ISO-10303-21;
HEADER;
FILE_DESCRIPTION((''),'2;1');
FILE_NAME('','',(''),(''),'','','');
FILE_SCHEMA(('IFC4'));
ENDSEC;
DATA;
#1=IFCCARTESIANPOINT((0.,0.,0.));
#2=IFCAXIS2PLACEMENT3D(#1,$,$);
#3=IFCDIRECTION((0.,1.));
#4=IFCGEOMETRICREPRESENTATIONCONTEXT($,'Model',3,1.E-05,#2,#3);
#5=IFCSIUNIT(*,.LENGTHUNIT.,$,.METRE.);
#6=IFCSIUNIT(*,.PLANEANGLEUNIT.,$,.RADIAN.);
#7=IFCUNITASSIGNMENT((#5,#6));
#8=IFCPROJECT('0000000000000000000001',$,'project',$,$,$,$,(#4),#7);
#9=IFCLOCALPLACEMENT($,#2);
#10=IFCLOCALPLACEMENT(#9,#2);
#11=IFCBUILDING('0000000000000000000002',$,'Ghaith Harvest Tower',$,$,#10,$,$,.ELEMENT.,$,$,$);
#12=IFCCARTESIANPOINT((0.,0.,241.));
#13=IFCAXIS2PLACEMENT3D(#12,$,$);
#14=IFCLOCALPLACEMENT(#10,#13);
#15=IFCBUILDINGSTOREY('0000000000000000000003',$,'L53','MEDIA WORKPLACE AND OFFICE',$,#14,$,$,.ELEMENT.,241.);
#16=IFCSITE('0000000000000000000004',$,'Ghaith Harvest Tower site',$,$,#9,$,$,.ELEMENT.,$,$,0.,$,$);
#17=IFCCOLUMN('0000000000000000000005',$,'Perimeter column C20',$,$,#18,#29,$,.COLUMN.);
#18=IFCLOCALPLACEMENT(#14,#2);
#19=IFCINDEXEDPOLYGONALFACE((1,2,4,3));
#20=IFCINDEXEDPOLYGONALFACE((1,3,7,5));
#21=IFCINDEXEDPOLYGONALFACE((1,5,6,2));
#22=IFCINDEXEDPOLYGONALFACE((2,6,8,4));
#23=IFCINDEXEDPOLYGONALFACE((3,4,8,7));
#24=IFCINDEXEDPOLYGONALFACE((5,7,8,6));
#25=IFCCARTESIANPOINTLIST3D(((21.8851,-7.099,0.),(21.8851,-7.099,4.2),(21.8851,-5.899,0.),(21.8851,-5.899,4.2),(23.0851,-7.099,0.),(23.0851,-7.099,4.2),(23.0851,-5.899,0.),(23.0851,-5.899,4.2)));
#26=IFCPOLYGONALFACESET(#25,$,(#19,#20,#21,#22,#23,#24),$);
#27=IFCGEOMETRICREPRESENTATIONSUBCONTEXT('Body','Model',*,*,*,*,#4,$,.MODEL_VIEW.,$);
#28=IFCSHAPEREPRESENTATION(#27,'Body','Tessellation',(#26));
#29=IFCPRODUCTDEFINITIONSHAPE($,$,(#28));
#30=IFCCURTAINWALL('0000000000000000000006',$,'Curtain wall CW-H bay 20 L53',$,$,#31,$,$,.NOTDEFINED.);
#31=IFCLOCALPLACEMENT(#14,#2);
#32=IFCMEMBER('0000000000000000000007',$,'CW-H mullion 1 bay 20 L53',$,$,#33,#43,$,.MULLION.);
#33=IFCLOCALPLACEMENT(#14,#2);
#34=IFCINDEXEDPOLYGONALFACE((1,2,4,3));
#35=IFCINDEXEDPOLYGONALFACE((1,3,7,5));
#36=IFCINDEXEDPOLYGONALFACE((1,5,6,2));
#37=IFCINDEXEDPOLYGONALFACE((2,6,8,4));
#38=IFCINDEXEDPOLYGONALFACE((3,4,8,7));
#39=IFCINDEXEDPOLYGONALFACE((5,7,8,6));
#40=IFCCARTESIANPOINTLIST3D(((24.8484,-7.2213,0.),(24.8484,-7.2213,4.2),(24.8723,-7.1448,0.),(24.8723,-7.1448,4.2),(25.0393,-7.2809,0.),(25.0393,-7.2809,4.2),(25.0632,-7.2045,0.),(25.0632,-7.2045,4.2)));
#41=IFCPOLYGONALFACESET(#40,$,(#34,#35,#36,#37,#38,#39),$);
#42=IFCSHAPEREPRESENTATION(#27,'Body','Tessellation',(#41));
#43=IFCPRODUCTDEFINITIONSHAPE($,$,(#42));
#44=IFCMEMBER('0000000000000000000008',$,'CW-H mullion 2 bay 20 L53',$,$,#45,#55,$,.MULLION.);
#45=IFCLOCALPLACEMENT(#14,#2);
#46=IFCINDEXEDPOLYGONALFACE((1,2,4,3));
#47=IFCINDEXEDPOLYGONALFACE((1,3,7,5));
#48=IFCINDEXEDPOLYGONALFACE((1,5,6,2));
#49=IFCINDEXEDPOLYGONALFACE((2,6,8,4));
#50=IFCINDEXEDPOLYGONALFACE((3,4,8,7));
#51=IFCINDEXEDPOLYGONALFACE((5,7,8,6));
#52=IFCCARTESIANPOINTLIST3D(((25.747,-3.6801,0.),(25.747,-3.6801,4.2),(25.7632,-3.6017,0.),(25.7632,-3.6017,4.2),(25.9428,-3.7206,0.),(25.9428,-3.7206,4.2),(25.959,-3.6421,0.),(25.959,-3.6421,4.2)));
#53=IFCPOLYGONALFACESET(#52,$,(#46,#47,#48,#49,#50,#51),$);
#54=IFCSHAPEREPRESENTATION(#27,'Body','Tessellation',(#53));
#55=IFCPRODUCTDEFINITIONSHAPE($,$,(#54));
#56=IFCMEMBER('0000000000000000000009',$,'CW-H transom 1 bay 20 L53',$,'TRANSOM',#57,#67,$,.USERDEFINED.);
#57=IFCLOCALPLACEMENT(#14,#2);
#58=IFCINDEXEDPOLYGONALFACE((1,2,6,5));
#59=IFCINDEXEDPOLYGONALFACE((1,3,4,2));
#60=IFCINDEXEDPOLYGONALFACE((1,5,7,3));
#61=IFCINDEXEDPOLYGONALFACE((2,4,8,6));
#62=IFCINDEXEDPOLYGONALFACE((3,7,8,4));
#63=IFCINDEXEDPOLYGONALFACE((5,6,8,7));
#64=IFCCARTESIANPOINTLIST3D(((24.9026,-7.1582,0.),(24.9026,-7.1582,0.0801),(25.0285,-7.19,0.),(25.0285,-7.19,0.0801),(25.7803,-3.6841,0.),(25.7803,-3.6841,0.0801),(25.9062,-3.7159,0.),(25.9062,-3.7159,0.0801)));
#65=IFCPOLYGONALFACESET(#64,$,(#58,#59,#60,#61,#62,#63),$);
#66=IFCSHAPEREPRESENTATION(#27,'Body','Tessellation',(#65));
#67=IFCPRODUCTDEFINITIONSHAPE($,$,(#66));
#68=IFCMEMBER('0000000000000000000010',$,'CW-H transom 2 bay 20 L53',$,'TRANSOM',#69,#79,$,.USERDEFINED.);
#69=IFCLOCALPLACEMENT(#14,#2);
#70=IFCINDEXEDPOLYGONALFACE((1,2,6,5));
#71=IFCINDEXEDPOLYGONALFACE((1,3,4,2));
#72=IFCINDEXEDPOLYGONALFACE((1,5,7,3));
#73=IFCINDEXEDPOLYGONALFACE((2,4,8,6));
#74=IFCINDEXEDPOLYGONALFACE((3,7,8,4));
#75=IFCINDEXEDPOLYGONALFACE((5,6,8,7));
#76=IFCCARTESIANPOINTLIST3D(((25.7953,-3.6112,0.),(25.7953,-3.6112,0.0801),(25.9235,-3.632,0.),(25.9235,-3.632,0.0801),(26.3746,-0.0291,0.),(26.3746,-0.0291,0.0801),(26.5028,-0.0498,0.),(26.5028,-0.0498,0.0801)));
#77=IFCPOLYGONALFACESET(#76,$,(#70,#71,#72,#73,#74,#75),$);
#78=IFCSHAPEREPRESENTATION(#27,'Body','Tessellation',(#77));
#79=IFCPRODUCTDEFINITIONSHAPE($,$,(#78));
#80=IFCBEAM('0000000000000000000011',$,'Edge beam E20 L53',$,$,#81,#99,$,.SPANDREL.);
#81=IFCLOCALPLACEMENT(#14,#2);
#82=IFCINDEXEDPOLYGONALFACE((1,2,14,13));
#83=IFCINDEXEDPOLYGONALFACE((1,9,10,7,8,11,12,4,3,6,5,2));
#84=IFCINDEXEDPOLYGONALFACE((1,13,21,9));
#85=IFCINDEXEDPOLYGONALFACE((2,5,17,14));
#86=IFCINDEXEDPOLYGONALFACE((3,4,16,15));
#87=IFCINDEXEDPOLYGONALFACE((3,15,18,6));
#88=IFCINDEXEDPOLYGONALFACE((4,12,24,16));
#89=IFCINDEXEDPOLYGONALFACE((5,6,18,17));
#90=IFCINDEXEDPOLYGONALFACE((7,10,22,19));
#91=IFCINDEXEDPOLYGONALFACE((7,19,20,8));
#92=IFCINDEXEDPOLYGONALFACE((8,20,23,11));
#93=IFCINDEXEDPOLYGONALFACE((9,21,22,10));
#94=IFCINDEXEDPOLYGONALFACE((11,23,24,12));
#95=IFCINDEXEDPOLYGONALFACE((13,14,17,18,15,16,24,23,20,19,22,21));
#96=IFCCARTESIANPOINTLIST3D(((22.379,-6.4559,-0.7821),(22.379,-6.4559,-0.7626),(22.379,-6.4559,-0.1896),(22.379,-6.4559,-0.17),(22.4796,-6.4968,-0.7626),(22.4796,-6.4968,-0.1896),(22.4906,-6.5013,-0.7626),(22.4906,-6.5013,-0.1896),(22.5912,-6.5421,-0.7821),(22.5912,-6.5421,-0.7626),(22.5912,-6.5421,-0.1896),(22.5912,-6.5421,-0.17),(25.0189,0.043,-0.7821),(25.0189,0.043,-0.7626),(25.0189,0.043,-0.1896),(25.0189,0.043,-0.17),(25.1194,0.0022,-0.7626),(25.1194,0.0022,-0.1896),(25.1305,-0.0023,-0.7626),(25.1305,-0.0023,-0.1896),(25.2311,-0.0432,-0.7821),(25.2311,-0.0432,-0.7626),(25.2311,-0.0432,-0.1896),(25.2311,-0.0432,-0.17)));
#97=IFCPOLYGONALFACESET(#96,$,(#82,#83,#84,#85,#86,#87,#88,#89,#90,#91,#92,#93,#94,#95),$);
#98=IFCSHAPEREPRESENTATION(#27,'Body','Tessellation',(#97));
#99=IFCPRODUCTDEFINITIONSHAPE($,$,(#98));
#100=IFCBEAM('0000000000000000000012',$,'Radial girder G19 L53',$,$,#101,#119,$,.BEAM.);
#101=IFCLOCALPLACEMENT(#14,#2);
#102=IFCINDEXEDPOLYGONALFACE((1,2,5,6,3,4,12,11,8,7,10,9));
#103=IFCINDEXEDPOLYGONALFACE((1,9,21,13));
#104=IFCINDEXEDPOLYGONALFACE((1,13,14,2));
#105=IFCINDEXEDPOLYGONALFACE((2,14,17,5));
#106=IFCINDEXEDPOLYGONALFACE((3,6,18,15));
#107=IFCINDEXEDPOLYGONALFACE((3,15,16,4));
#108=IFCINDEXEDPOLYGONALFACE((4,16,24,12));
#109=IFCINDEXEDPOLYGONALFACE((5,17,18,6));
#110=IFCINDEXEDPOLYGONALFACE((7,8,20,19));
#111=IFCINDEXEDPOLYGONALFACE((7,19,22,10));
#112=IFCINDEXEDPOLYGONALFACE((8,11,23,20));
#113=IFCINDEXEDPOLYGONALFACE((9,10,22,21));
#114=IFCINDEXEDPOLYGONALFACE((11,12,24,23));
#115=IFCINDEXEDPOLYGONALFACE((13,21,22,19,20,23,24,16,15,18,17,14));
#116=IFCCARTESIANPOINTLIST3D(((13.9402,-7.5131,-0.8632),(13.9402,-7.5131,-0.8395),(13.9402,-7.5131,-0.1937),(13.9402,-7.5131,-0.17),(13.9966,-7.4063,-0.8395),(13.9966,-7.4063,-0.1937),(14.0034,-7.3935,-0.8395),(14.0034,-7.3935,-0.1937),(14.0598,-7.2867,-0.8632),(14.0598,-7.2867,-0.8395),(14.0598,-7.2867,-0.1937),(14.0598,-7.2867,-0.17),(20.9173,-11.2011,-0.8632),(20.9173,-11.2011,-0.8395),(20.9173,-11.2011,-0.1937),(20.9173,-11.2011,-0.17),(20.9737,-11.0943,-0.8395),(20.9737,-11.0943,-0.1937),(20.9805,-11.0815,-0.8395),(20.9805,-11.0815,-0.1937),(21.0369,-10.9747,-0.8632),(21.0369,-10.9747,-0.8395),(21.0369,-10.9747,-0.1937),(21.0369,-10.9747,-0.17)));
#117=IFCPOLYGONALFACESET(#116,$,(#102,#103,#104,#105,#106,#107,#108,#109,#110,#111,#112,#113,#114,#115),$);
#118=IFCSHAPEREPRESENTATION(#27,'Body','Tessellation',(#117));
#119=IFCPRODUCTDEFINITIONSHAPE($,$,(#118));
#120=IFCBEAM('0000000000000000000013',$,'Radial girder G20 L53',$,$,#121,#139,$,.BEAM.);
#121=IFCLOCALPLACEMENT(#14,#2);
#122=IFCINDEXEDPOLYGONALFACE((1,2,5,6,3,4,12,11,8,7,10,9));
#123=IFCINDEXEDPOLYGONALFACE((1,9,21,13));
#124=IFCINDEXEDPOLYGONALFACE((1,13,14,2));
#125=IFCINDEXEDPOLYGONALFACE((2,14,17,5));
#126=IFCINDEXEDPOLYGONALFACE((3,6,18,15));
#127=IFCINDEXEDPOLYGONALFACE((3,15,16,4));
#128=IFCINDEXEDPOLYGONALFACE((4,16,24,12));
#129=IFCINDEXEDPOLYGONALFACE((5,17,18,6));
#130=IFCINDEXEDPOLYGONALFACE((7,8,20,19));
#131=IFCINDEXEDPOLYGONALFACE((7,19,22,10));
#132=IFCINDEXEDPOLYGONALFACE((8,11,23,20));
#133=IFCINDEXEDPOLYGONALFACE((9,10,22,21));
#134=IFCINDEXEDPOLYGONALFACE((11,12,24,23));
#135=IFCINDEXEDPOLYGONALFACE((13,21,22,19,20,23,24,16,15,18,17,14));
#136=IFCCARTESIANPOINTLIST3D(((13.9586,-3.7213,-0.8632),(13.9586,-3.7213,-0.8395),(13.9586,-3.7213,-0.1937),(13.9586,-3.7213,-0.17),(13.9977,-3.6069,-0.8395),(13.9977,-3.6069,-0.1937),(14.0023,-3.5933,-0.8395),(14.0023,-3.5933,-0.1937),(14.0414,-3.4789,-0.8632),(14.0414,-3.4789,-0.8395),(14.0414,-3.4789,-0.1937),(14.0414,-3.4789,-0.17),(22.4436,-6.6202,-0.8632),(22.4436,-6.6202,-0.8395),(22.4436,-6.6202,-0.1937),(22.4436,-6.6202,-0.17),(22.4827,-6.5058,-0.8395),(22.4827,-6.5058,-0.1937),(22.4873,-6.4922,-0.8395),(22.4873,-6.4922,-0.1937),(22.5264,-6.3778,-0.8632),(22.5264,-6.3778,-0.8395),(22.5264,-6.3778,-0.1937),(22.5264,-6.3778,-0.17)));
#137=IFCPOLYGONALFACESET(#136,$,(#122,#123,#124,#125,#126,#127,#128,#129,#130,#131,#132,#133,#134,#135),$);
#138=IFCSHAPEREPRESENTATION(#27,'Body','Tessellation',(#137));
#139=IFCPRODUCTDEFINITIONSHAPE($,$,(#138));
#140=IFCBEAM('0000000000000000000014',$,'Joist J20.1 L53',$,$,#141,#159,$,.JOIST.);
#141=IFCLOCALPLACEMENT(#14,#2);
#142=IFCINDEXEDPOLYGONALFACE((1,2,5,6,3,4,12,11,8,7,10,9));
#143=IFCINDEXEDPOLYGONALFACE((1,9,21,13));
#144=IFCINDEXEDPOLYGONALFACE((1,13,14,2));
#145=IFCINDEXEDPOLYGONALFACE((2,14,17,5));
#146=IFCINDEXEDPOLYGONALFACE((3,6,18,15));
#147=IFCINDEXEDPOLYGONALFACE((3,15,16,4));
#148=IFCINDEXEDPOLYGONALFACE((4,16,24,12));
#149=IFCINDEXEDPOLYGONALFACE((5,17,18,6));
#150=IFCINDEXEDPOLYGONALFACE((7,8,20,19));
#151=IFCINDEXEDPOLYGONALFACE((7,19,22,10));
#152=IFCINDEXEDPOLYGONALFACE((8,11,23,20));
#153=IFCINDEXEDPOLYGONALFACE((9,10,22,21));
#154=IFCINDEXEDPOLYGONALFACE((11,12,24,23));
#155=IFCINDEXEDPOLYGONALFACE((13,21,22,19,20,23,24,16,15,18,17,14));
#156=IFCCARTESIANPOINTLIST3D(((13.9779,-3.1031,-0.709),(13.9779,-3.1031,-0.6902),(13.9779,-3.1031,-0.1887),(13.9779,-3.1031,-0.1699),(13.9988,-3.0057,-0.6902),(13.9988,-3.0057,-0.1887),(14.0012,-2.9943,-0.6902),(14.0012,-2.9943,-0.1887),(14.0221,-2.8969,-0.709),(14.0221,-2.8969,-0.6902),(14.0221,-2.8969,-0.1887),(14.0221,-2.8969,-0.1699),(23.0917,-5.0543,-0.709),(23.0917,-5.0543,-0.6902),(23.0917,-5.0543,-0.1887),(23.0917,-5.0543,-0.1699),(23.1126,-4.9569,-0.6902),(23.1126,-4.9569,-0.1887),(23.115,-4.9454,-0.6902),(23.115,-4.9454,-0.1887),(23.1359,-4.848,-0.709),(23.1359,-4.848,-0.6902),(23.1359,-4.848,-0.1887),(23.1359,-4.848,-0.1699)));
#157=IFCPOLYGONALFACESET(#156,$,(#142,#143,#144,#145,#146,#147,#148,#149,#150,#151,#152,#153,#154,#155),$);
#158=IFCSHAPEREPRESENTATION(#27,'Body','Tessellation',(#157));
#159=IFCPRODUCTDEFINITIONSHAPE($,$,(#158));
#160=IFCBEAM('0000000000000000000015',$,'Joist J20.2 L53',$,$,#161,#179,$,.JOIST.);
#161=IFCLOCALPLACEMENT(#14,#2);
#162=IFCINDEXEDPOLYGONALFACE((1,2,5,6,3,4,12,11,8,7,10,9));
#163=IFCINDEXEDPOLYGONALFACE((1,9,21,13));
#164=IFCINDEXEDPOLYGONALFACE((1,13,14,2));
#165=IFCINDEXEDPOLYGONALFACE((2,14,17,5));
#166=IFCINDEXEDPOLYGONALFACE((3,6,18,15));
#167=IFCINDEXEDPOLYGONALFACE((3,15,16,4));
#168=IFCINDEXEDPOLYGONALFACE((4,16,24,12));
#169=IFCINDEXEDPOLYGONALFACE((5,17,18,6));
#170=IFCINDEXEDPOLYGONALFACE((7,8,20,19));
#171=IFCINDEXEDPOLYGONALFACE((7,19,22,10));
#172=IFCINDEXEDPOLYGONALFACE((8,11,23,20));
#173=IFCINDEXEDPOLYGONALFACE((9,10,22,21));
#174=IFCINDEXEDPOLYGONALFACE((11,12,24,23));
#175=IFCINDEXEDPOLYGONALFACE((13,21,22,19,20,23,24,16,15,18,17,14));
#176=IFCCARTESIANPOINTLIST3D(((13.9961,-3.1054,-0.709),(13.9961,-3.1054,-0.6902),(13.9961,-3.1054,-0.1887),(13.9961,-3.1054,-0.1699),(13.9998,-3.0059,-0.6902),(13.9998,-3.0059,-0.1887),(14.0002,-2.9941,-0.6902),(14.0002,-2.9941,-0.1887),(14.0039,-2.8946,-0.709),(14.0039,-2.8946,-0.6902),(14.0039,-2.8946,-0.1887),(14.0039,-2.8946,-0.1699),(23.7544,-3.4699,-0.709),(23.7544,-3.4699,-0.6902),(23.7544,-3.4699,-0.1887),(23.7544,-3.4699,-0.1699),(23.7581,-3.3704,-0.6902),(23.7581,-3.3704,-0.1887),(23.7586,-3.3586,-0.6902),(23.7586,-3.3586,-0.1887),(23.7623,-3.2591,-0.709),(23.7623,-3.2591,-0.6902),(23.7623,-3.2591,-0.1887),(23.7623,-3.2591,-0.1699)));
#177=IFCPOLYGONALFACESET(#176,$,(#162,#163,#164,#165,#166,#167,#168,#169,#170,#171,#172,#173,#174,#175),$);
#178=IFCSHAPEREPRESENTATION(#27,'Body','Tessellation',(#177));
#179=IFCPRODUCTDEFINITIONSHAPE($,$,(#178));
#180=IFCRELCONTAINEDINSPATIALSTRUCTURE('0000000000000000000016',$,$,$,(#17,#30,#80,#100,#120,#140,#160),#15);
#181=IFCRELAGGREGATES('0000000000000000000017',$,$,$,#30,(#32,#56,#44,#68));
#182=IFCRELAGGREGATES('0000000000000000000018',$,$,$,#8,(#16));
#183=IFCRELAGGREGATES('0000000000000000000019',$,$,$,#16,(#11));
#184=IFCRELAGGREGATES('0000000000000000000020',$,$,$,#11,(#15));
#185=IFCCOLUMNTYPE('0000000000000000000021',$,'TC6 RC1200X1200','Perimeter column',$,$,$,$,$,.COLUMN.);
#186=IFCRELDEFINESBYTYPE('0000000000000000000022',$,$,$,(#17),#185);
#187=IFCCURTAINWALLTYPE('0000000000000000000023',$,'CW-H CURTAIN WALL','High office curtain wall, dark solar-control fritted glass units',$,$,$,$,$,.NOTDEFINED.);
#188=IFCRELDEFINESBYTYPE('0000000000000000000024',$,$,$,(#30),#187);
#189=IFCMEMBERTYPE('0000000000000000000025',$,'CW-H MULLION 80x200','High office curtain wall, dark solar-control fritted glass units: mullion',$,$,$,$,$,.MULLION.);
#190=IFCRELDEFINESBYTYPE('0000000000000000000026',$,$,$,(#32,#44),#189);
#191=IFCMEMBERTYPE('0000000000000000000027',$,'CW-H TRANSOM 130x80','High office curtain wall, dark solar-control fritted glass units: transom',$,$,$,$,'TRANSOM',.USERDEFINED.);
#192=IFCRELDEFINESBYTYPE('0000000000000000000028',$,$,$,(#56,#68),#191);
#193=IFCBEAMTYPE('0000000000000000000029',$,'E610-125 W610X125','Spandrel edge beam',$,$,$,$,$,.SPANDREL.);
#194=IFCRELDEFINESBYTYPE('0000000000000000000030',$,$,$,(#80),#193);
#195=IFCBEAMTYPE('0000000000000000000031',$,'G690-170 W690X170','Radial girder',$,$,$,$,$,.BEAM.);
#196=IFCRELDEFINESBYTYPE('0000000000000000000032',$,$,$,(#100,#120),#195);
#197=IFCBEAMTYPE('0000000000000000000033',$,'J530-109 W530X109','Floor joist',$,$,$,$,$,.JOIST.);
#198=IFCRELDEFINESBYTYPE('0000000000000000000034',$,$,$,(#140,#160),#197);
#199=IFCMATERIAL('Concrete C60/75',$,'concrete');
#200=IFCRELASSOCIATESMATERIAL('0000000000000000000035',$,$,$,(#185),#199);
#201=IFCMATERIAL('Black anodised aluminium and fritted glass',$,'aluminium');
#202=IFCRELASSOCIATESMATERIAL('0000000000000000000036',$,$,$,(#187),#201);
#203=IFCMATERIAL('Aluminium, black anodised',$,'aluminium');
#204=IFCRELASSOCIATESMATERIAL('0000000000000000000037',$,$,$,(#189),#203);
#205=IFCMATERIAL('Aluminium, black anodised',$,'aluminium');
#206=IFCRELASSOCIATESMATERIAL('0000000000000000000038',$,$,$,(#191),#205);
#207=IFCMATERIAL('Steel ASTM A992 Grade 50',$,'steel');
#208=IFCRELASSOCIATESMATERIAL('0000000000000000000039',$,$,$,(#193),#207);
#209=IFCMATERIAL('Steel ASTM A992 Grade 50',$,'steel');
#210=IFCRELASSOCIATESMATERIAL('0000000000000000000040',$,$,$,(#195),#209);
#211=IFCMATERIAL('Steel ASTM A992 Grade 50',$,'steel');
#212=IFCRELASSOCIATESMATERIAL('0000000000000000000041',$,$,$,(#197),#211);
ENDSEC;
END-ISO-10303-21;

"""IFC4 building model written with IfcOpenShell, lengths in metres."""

from ifc_helpers import new_model, si_unit, direction, frame, origin, origin_2d, place, context, subcontext, project, spatial, rectangle, i_section, extrude, material, material_profile, profile_set, type_object, element, aggregate, save


model = new_model("IFC4")

# Units and contexts
model_context = context("Model", 3, precision=1e-05, world=origin(), true_north=direction((0.0, 1.0)))
body_context = subcontext(model_context, "Body", "Model", "MODEL_VIEW")
ifc_project = project(units=[si_unit("LENGTHUNIT", "METRE"), si_unit("PLANEANGLEUNIT", "RADIAN")], contexts=[model_context])

# Site, building, storey
site_placement = place(None, origin())
site = spatial("IfcSite", under=ifc_project, at=site_placement, Name="Ghaith Harvest Tower site", CompositionType="ELEMENT", RefElevation=0.0)
building_placement = place(site_placement, origin())
building = spatial("IfcBuilding", under=site, at=building_placement, Name="Ghaith Harvest Tower", CompositionType="ELEMENT")
storey_placement = place(building_placement, frame((0.0, 0.0, 241.0)))
storey = spatial("IfcBuildingStorey", under=building, at=storey_placement, Name="L53", Description="MEDIA WORKPLACE AND OFFICE", CompositionType="ELEMENT", Elevation=241.0)

# Column
ifc_material_1 = material(Name="Concrete C60/75", Category="concrete")
ifc_material_profile_1 = material_profile(ifc_material_1, rectangle(XDim=1.2, YDim=1.2, at=origin_2d()), Name="RC1200X1200")
ifc_profile_set_1 = profile_set([ifc_material_profile_1], Name="Concrete C60/75")
column_type = type_object("IfcColumnType", Name="TC6 RC1200X1200", Description="Perimeter column", PredefinedType="COLUMN", material=ifc_profile_set_1)
column_placement = place(storey_placement, frame((22.4851, -6.499, 0.0), z_axis=(0.0, 0.0, 1.0), x_axis=(1.0, 0.0, 0.0)))
element("IfcColumn", 1, at=column_placement, inside=storey, type_object=column_type, Name="Perimeter column C20", PredefinedType="COLUMN", context=body_context, shape_type="SweptSolid", body=[
    extrude(rectangle(XDim=1.2, YDim=1.2, at=origin_2d()), origin(), (0.0, 0.0, 1.0), 4.2),
])

# Curtain wall, members
ifc_material_2 = material(Name="Black anodised aluminium and fritted glass", Category="aluminium")
curtain_wall_type = type_object("IfcCurtainWallType", Name="CW-H CURTAIN WALL", Description="High office curtain wall, dark solar-control fritted glass units", PredefinedType="NOTDEFINED", material=ifc_material_2)
curtain_wall_1_placement = place(storey_placement, origin())
curtain_wall_1 = element("IfcCurtainWall", 2, at=curtain_wall_1_placement, inside=storey, type_object=curtain_wall_type, Name="Curtain wall CW-H bay 20 L53", PredefinedType="NOTDEFINED")
ifc_material_3 = material(Name="Aluminium, black anodised", Category="aluminium")
ifc_material_profile_2 = material_profile(ifc_material_3, rectangle(XDim=0.0801, YDim=0.2, at=origin_2d()), Name="CW-H MULLION 80x200")
ifc_profile_set_2 = profile_set([ifc_material_profile_2], Name="Aluminium, black anodised")
member_type_1 = type_object("IfcMemberType", Name="CW-H MULLION 80x200", Description="High office curtain wall, dark solar-control fritted glass units: mullion", PredefinedType="MULLION", material=ifc_profile_set_2)
member_1_placement = place(storey_placement, frame((24.9558, -7.2129, 0.0), z_axis=(0.0, 0.0, 1.0), x_axis=(0.298442, 0.954428, 0.0)))
member_1 = element("IfcMember", 3, at=member_1_placement, type_object=member_type_1, Name="CW-H mullion 1 bay 20 L53", PredefinedType="MULLION", context=body_context, shape_type="SweptSolid", body=[
    extrude(rectangle(XDim=0.0801, YDim=0.2, at=origin_2d()), origin(), (0.0, 0.0, 1.0), 4.2),
])
member_2_placement = place(storey_placement, frame((25.853, -3.6611, 0.0), z_axis=(0.0, 0.0, 1.0), x_axis=(0.202192, 0.979346, 0.0)))
member_2 = element("IfcMember", 4, at=member_2_placement, type_object=member_type_1, Name="CW-H mullion 2 bay 20 L53", PredefinedType="MULLION", context=body_context, shape_type="SweptSolid", body=[
    extrude(rectangle(XDim=0.0801, YDim=0.2, at=origin_2d()), origin(), (0.0, 0.0, 1.0), 4.2),
])
ifc_material_4 = material(Name="Aluminium, black anodised", Category="aluminium")
ifc_material_profile_3 = material_profile(ifc_material_4, rectangle(XDim=0.1299, YDim=0.0801, at=origin_2d()), Name="CW-H TRANSOM 130x80")
ifc_profile_set_3 = profile_set([ifc_material_profile_3], Name="Aluminium, black anodised")
member_type_2 = type_object("IfcMemberType", Name="CW-H TRANSOM 130x80", Description="High office curtain wall, dark solar-control fritted glass units: transom", ElementType="TRANSOM", PredefinedType="USERDEFINED", material=ifc_profile_set_3)
member_3_placement = place(storey_placement, frame((24.9656, -7.1741, 0.04), z_axis=(0.24494, 0.969538, 0.0), x_axis=(-0.969538, 0.24494, 0.0)))
member_3 = element("IfcMember", 5, at=member_3_placement, type_object=member_type_2, Name="CW-H transom 1 bay 20 L53", ObjectType="TRANSOM", PredefinedType="USERDEFINED", context=body_context, shape_type="SweptSolid", body=[
    extrude(rectangle(XDim=0.1299, YDim=0.0801, at=origin_2d()), origin(), (0.0, 0.0, 1.0), 3.5833),
])
member_4_placement = place(storey_placement, frame((25.8594, -3.6216, 0.04), z_axis=(0.159662, 0.987172, 0.0), x_axis=(-0.987172, 0.159662, 0.0)))
member_4 = element("IfcMember", 6, at=member_4_placement, type_object=member_type_2, Name="CW-H transom 2 bay 20 L53", ObjectType="TRANSOM", PredefinedType="USERDEFINED", context=body_context, shape_type="SweptSolid", body=[
    extrude(rectangle(XDim=0.1299, YDim=0.0801, at=origin_2d()), origin(), (0.0, 0.0, 1.0), 3.6287),
])

# Beams
ifc_material_5 = material(Name="Steel ASTM A992 Grade 50", Category="steel")
ifc_material_profile_4 = material_profile(ifc_material_5, i_section(OverallWidth=0.229, OverallDepth=0.6121, WebThickness=0.012, FlangeThickness=0.0195, at=origin_2d()), Name="W610X125")
ifc_profile_set_4 = profile_set([ifc_material_profile_4], Name="Steel ASTM A992 Grade 50")
beam_type_1 = type_object("IfcBeamType", Name="E610-125 W610X125", Description="Spandrel edge beam", PredefinedType="SPANDREL", material=ifc_profile_set_4)
beam_1_placement = place(storey_placement, frame((22.4851, -6.499, -0.4761), z_axis=(0.376336, 0.926483, 0.0), x_axis=(-0.926483, 0.376336, 0.0)))
element("IfcBeam", 7, at=beam_1_placement, inside=storey, type_object=beam_type_1, Name="Edge beam E20 L53", PredefinedType="SPANDREL", context=body_context, shape_type="SweptSolid", body=[
    extrude(i_section(OverallWidth=0.229, OverallDepth=0.6121, WebThickness=0.012, FlangeThickness=0.0195, at=origin_2d()), origin(), (0.0, 0.0, 1.0), 7.0146),
])
ifc_material_6 = material(Name="Steel ASTM A992 Grade 50", Category="steel")
ifc_material_profile_5 = material_profile(ifc_material_6, i_section(OverallWidth=0.2561, OverallDepth=0.6931, WebThickness=0.0144, FlangeThickness=0.0237, at=origin_2d()), Name="W690X170")
ifc_profile_set_5 = profile_set([ifc_material_profile_5], Name="Steel ASTM A992 Grade 50")
beam_type_2 = type_object("IfcBeamType", Name="G690-170 W690X170", Description="Radial girder", PredefinedType="BEAM", material=ifc_profile_set_5)
beam_2_placement = place(storey_placement, frame((14.0, -7.3999, -0.5166), z_axis=(0.884089, -0.467319, 0.0), x_axis=(0.467319, 0.884089, 0.0)))
element("IfcBeam", 8, at=beam_2_placement, inside=storey, type_object=beam_type_2, Name="Radial girder G19 L53", PredefinedType="BEAM", context=body_context, shape_type="SweptSolid", body=[
    extrude(i_section(OverallWidth=0.2561, OverallDepth=0.6931, WebThickness=0.0144, FlangeThickness=0.0237, at=origin_2d()), origin(), (0.0, 0.0, 1.0), 7.8918),
])
beam_3_placement = place(storey_placement, frame((14.0, -3.6001, -0.5166), z_axis=(0.946296, -0.323301, 0.0), x_axis=(0.323301, 0.946296, 0.0)))
element("IfcBeam", 9, at=beam_3_placement, inside=storey, type_object=beam_type_2, Name="Radial girder G20 L53", PredefinedType="BEAM", context=body_context, shape_type="SweptSolid", body=[
    extrude(i_section(OverallWidth=0.2561, OverallDepth=0.6931, WebThickness=0.0144, FlangeThickness=0.0237, at=origin_2d()), origin(), (0.0, 0.0, 1.0), 8.9666),
])
ifc_material_7 = material(Name="Steel ASTM A992 Grade 50", Category="steel")
ifc_material_profile_6 = material_profile(ifc_material_7, i_section(OverallWidth=0.2109, OverallDepth=0.5391, WebThickness=0.0117, FlangeThickness=0.0188, at=origin_2d()), Name="W530X109")
ifc_profile_set_6 = profile_set([ifc_material_profile_6], Name="Steel ASTM A992 Grade 50")
beam_type_3 = type_object("IfcBeamType", Name="J530-109 W530X109", Description="Floor joist", PredefinedType="JOIST", material=ifc_profile_set_6)
beam_4_placement = place(storey_placement, frame((14.0, -3.0, -0.4395), z_axis=(0.977841, -0.209347, 0.0), x_axis=(0.209347, 0.977841, 0.0)))
element("IfcBeam", 10, at=beam_4_placement, inside=storey, type_object=beam_type_3, Name="Joist J20.1 L53", PredefinedType="JOIST", context=body_context, shape_type="SweptSolid", body=[
    extrude(i_section(OverallWidth=0.2109, OverallDepth=0.5391, WebThickness=0.0117, FlangeThickness=0.0188, at=origin_2d()), origin(), (0.0, 0.0, 1.0), 9.3203),
])
beam_5_placement = place(storey_placement, frame((14.0, -3.0, -0.4395), z_axis=(0.999303, -0.037327, 0.0), x_axis=(0.037327, 0.999303, 0.0)))
element("IfcBeam", 11, at=beam_5_placement, inside=storey, type_object=beam_type_3, Name="Joist J20.2 L53", PredefinedType="JOIST", context=body_context, shape_type="SweptSolid", body=[
    extrude(i_section(OverallWidth=0.2109, OverallDepth=0.5391, WebThickness=0.0117, FlangeThickness=0.0188, at=origin_2d()), origin(), (0.0, 0.0, 1.0), 9.7651),
])

aggregate(curtain_wall_1, [member_1, member_3, member_2, member_4])

save(model, "model.ifc")
